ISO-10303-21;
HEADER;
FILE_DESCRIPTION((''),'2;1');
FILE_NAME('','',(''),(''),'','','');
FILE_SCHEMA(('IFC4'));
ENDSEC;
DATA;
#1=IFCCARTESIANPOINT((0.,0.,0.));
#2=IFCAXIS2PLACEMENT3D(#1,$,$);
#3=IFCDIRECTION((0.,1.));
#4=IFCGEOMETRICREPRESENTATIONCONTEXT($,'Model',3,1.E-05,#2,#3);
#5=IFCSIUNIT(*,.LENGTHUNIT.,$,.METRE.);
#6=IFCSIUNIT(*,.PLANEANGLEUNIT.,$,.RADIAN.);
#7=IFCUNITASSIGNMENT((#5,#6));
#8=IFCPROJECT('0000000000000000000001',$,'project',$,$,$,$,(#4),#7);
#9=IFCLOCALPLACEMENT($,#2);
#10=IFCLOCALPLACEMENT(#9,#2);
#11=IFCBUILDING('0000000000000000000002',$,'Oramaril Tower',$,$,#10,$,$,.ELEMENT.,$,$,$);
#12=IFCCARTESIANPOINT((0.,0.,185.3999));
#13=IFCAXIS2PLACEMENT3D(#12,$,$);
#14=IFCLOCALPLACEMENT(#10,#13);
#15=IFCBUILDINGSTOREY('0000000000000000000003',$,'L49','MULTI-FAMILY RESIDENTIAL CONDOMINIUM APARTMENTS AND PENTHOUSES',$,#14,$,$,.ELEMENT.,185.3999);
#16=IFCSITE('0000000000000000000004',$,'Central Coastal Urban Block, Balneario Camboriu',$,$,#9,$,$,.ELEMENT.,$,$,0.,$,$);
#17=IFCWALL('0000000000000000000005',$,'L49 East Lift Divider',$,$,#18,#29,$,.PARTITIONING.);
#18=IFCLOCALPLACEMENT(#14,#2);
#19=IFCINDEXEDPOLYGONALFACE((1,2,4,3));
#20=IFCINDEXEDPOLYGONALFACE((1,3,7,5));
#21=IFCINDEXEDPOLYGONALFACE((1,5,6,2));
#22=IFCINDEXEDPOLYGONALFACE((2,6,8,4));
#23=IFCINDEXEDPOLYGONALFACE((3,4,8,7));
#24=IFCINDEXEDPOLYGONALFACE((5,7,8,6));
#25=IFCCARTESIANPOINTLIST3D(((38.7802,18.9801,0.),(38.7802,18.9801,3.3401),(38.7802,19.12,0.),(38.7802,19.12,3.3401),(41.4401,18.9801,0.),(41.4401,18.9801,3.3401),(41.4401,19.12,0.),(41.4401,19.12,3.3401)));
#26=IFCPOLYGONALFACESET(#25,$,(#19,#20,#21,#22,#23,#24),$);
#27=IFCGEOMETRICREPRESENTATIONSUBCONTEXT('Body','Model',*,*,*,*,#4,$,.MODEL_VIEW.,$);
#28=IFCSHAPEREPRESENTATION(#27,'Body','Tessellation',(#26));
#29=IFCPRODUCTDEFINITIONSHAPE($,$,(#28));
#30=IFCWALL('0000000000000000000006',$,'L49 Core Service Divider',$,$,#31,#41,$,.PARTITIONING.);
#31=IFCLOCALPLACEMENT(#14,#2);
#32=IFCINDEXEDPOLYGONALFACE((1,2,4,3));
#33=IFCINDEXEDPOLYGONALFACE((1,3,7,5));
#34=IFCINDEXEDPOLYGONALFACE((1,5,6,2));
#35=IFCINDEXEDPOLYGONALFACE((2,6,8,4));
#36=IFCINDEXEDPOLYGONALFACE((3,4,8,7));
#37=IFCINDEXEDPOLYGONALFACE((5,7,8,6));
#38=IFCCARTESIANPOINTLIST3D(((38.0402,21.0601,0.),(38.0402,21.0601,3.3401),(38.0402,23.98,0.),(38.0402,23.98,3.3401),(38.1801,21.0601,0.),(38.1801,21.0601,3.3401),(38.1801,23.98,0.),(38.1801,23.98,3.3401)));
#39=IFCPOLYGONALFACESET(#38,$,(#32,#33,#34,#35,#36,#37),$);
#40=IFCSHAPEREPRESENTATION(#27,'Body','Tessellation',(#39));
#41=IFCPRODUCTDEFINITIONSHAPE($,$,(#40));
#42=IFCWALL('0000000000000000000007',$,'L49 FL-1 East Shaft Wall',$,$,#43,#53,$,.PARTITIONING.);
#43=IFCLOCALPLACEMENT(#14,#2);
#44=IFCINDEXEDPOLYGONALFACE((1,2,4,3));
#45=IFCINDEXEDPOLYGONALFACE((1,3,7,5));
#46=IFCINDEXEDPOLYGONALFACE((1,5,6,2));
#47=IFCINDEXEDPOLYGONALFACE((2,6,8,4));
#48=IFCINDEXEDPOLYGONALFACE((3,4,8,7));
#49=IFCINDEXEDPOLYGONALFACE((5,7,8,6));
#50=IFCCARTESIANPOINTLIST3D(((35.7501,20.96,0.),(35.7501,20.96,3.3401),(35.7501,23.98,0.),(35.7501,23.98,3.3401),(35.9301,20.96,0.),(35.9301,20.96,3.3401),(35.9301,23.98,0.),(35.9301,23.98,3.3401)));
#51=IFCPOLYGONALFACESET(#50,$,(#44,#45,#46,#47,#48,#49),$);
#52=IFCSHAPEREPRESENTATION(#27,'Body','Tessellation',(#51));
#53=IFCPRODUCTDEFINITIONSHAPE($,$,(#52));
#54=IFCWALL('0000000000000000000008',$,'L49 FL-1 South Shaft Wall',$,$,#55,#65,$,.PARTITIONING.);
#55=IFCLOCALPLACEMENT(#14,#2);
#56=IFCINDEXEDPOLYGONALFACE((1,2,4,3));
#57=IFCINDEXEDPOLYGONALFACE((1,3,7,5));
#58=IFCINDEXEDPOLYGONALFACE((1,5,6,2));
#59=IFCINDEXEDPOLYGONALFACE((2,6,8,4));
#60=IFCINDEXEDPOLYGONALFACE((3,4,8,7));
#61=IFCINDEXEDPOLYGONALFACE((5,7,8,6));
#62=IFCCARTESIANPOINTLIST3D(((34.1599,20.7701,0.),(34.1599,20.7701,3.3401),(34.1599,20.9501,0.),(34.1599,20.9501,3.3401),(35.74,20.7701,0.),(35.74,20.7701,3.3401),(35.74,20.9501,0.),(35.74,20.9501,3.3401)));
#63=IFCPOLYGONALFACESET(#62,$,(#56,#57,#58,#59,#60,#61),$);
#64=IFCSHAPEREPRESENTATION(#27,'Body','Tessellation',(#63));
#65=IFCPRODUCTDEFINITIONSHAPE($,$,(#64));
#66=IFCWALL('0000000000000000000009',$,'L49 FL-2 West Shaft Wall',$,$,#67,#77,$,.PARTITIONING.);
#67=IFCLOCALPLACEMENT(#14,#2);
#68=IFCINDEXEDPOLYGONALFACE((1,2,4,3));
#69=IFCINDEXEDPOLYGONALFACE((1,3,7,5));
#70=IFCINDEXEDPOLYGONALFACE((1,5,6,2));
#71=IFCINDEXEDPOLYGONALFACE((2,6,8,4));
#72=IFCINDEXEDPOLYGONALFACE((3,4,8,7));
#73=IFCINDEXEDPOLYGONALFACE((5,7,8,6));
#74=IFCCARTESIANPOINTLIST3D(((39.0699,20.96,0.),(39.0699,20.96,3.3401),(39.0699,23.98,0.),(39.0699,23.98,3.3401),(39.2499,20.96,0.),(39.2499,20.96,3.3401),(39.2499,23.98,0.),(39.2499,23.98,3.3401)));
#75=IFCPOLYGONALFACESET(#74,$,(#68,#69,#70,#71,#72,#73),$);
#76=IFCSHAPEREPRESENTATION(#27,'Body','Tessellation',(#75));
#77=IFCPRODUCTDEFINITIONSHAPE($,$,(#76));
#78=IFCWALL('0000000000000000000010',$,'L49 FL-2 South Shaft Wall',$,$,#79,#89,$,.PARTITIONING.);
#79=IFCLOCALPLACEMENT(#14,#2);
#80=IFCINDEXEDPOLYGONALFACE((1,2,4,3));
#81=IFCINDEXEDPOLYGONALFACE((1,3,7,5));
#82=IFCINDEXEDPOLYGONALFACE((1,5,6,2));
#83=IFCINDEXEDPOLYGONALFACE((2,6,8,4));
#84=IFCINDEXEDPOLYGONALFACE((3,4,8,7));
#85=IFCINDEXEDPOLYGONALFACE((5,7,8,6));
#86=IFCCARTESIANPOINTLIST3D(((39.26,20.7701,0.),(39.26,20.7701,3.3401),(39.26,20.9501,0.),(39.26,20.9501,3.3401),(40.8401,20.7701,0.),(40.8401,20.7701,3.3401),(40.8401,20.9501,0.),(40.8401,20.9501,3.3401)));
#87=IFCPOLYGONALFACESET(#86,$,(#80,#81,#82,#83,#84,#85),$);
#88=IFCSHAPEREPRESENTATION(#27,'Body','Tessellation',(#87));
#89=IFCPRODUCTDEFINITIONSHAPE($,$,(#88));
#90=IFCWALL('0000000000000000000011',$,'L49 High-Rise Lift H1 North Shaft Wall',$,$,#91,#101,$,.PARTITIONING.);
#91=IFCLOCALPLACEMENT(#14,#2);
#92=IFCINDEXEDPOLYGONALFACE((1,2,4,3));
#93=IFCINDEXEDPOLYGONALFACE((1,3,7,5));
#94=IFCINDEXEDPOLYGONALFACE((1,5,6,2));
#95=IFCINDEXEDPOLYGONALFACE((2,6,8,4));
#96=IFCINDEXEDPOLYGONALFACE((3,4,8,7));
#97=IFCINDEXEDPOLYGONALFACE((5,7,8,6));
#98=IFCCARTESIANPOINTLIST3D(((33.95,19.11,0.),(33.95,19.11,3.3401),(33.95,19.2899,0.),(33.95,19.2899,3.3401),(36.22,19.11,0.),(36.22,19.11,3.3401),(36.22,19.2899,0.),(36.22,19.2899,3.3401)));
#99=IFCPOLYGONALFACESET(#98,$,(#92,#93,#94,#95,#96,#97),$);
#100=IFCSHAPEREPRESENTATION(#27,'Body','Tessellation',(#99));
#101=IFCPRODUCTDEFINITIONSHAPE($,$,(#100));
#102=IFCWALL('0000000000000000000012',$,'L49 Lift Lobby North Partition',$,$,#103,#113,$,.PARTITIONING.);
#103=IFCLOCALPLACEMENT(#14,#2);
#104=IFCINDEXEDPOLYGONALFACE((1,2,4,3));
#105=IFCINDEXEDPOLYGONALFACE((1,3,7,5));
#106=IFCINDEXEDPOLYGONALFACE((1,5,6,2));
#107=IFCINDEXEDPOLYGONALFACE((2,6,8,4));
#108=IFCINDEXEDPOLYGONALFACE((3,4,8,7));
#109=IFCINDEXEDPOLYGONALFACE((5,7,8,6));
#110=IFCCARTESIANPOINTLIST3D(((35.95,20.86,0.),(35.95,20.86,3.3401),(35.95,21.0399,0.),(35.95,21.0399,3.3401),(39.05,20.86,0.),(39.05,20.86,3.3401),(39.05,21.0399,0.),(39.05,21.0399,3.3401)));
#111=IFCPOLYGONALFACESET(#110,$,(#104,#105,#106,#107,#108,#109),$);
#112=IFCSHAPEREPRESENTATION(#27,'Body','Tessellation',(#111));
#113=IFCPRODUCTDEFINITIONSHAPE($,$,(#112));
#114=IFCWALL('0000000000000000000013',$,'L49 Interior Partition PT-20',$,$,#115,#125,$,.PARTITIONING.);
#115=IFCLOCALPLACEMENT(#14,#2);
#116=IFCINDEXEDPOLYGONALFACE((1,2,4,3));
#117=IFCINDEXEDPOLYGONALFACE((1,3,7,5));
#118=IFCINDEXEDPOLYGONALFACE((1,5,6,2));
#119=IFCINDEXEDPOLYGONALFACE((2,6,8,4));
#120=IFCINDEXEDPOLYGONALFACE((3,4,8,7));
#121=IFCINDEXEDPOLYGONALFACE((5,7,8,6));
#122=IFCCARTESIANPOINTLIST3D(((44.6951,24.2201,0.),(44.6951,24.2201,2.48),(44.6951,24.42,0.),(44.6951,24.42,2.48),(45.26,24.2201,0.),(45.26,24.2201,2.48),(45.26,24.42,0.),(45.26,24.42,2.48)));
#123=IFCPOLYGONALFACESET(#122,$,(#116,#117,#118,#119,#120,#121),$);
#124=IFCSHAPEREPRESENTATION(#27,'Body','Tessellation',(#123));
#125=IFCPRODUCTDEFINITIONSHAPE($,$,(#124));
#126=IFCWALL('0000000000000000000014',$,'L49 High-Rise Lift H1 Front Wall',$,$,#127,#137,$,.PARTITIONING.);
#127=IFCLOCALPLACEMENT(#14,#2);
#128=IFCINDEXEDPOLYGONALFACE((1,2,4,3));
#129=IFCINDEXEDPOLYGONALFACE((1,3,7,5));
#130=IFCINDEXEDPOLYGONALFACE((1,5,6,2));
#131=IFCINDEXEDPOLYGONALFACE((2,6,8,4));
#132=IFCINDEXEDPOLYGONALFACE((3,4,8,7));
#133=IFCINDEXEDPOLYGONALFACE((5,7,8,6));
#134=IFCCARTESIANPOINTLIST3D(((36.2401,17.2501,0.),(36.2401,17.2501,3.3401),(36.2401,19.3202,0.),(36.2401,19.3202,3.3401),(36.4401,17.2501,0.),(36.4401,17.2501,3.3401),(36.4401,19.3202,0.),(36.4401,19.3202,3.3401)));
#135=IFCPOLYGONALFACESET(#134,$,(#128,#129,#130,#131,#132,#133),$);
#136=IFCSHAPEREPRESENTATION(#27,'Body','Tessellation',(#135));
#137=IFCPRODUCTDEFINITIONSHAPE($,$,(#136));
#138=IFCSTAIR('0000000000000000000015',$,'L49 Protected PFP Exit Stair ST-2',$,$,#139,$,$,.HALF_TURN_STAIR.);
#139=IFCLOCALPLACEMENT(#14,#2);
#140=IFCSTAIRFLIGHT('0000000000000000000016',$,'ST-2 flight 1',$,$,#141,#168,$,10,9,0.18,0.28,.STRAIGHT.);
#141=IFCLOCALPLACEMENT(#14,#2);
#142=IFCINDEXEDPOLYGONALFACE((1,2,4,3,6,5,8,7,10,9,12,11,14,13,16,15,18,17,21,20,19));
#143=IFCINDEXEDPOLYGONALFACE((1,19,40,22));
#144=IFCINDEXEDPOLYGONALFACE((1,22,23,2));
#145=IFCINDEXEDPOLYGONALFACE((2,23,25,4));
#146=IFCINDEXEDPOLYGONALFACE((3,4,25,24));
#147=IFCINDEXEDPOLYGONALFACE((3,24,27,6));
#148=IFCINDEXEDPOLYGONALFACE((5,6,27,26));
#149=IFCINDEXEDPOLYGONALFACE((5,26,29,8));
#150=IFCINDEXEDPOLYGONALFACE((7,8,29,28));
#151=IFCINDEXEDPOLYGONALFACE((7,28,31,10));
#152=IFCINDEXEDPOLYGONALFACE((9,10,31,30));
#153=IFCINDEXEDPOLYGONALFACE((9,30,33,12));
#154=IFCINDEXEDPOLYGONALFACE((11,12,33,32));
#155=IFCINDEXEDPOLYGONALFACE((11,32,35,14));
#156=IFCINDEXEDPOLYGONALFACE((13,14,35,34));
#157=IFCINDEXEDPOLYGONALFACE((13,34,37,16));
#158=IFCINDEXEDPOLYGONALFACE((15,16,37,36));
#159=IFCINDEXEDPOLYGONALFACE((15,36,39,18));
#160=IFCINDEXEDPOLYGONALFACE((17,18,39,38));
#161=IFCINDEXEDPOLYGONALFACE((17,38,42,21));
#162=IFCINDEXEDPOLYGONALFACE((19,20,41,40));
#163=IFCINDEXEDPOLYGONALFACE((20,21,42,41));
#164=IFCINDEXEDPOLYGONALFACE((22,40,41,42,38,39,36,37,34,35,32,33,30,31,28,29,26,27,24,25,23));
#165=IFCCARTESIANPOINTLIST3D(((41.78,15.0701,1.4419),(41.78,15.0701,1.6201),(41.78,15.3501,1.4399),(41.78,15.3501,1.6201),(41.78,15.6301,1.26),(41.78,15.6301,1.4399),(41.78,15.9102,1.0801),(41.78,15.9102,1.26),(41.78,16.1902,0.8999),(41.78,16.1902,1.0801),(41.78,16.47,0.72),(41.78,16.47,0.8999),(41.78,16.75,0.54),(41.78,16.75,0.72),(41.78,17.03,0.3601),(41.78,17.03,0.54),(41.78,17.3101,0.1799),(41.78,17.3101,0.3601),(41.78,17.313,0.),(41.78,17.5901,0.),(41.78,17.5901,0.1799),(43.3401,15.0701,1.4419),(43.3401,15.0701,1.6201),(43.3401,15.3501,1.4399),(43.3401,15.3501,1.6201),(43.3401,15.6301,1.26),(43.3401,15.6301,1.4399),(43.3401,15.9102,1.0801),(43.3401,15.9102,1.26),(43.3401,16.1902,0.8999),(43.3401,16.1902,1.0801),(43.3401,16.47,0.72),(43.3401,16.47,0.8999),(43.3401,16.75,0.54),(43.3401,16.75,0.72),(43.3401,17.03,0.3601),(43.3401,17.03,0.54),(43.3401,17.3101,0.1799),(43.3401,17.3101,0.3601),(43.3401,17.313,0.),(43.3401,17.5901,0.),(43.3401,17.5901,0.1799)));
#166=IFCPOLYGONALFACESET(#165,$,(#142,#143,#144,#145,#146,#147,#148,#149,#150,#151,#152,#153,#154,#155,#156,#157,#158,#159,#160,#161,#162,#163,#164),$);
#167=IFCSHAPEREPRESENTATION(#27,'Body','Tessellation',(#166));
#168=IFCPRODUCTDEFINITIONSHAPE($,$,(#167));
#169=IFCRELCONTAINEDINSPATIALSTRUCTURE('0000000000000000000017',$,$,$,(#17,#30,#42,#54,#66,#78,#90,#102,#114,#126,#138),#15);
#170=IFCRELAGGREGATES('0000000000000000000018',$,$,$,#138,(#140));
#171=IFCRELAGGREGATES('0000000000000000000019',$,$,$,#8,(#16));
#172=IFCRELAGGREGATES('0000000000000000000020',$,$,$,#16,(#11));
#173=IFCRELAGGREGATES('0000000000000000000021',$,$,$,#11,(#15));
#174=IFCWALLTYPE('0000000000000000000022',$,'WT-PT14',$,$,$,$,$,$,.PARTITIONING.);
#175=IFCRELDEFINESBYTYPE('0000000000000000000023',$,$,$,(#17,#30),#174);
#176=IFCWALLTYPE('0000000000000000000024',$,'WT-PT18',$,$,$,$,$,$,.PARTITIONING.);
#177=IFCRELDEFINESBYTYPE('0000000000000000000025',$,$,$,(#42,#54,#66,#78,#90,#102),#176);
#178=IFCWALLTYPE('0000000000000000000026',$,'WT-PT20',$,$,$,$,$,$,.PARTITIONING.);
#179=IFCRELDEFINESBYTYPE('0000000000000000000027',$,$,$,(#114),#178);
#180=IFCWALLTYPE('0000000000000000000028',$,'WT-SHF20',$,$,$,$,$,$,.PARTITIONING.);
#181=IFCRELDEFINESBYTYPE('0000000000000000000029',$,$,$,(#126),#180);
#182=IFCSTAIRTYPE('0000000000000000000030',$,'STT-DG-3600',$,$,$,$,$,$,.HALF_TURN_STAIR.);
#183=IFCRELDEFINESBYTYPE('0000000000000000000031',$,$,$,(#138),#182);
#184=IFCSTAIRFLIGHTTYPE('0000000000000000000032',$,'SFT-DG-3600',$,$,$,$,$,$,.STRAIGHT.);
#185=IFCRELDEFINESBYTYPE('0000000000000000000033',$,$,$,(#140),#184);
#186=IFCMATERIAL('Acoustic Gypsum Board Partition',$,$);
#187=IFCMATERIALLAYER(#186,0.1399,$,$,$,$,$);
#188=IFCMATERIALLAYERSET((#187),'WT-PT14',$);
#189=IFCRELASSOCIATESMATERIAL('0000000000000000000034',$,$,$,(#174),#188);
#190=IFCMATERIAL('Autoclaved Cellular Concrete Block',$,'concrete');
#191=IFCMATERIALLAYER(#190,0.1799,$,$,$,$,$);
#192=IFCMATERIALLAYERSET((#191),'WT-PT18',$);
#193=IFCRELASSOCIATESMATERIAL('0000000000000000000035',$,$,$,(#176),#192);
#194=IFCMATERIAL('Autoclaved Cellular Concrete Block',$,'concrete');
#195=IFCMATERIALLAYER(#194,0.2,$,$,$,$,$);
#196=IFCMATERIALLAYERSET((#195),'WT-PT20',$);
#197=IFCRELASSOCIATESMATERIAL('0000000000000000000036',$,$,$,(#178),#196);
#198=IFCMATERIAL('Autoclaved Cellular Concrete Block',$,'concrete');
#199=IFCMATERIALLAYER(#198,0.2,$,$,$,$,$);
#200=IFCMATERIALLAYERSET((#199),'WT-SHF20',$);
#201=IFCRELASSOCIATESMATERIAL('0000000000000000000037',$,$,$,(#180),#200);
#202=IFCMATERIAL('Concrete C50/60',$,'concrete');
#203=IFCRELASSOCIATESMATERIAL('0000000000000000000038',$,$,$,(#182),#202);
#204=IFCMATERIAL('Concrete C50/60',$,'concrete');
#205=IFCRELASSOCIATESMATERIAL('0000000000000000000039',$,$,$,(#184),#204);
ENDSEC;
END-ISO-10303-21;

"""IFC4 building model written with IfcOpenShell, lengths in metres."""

from ifc_helpers import new_model, si_unit, direction, frame, frame_2d, origin, place, context, subcontext, project, spatial, polyline, rectangle, outline, extrude, material, layer, layer_set, type_object, element, aggregate, save


model = new_model("IFC4")

# Units and contexts
model_context = context("Model", 3, precision=1e-05, world=origin(), true_north=direction((0.0, 1.0)))
body_context = subcontext(model_context, "Body", "Model", "MODEL_VIEW")
ifc_project = project(units=[si_unit("LENGTHUNIT", "METRE"), si_unit("PLANEANGLEUNIT", "RADIAN")], contexts=[model_context])

# Site, building, storey
site_placement = place(None, origin())
site = spatial("IfcSite", under=ifc_project, at=site_placement, Name="Central Coastal Urban Block, Balneario Camboriu", CompositionType="ELEMENT", RefElevation=0.0)
building_placement = place(site_placement, origin())
building = spatial("IfcBuilding", under=site, at=building_placement, Name="Oramaril Tower", CompositionType="ELEMENT")
storey_placement = place(building_placement, frame((0.0, 0.0, 185.3999)))
storey = spatial("IfcBuildingStorey", under=building, at=storey_placement, Name="L49", Description="MULTI-FAMILY RESIDENTIAL CONDOMINIUM APARTMENTS AND PENTHOUSES", CompositionType="ELEMENT", Elevation=185.3999)

# Walls
ifc_material_1 = material(Name="Acoustic Gypsum Board Partition")
ifc_layer_1 = layer(ifc_material_1, 0.1399)
ifc_layer_set_1 = layer_set([ifc_layer_1], Name="WT-PT14")
wall_type_1 = type_object("IfcWallType", Name="WT-PT14", PredefinedType="PARTITIONING", material=ifc_layer_set_1)
wall_1_placement = place(storey_placement, frame((38.78, 19.05, 0.0), z_axis=(0.0, 0.0, 1.0), x_axis=(1.0, 0.0, 0.0)))
element("IfcWall", 1, at=wall_1_placement, inside=storey, type_object=wall_type_1, Name="L49 East Lift Divider", PredefinedType="PARTITIONING", context=body_context, shape_type="SweptSolid", body=[
    extrude(rectangle(XDim=2.6599, YDim=0.1399, at=frame_2d((1.3301, 0.0))), origin(), (0.0, 0.0, 1.0), 3.3401),
])
wall_2_placement = place(storey_placement, frame((38.1101, 21.0601, 0.0), z_axis=(0.0, 0.0, 1.0), x_axis=(0.0, 1.0, 0.0)))
element("IfcWall", 2, at=wall_2_placement, inside=storey, type_object=wall_type_1, Name="L49 Core Service Divider", PredefinedType="PARTITIONING", context=body_context, shape_type="SweptSolid", body=[
    extrude(rectangle(XDim=2.9199, YDim=0.1399, at=frame_2d((1.46, 0.0))), origin(), (0.0, 0.0, 1.0), 3.3401),
])
ifc_material_2 = material(Name="Autoclaved Cellular Concrete Block", Category="concrete")
ifc_layer_2 = layer(ifc_material_2, 0.1799)
ifc_layer_set_2 = layer_set([ifc_layer_2], Name="WT-PT18")
wall_type_2 = type_object("IfcWallType", Name="WT-PT18", PredefinedType="PARTITIONING", material=ifc_layer_set_2)
wall_3_placement = place(storey_placement, frame((35.8401, 20.96, 0.0), z_axis=(0.0, 0.0, 1.0), x_axis=(0.0, 1.0, 0.0)))
element("IfcWall", 3, at=wall_3_placement, inside=storey, type_object=wall_type_2, Name="L49 FL-1 East Shaft Wall", PredefinedType="PARTITIONING", context=body_context, shape_type="SweptSolid", body=[
    extrude(rectangle(XDim=3.02, YDim=0.1799, at=frame_2d((1.51, 0.0))), origin(), (0.0, 0.0, 1.0), 3.3401),
])
wall_4_placement = place(storey_placement, frame((34.1599, 20.8601, 0.0), z_axis=(0.0, 0.0, 1.0), x_axis=(1.0, 0.0, 0.0)))
element("IfcWall", 4, at=wall_4_placement, inside=storey, type_object=wall_type_2, Name="L49 FL-1 South Shaft Wall", PredefinedType="PARTITIONING", context=body_context, shape_type="SweptSolid", body=[
    extrude(rectangle(XDim=1.5801, YDim=0.1799, at=frame_2d((0.79, 0.0))), origin(), (0.0, 0.0, 1.0), 3.3401),
])
wall_5_placement = place(storey_placement, frame((39.1599, 20.96, 0.0), z_axis=(0.0, 0.0, 1.0), x_axis=(0.0, 1.0, 0.0)))
element("IfcWall", 5, at=wall_5_placement, inside=storey, type_object=wall_type_2, Name="L49 FL-2 West Shaft Wall", PredefinedType="PARTITIONING", context=body_context, shape_type="SweptSolid", body=[
    extrude(rectangle(XDim=3.02, YDim=0.1799, at=frame_2d((1.51, 0.0))), origin(), (0.0, 0.0, 1.0), 3.3401),
])
wall_6_placement = place(storey_placement, frame((39.26, 20.8601, 0.0), z_axis=(0.0, 0.0, 1.0), x_axis=(1.0, 0.0, 0.0)))
element("IfcWall", 6, at=wall_6_placement, inside=storey, type_object=wall_type_2, Name="L49 FL-2 South Shaft Wall", PredefinedType="PARTITIONING", context=body_context, shape_type="SweptSolid", body=[
    extrude(rectangle(XDim=1.5801, YDim=0.1799, at=frame_2d((0.79, 0.0))), origin(), (0.0, 0.0, 1.0), 3.3401),
])
wall_7_placement = place(storey_placement, frame((33.95, 19.2, 0.0), z_axis=(0.0, 0.0, 1.0), x_axis=(1.0, 0.0, 0.0)))
element("IfcWall", 7, at=wall_7_placement, inside=storey, type_object=wall_type_2, Name="L49 High-Rise Lift H1 North Shaft Wall", PredefinedType="PARTITIONING", context=body_context, shape_type="SweptSolid", body=[
    extrude(rectangle(XDim=2.27, YDim=0.1799, at=frame_2d((1.135, 0.0))), origin(), (0.0, 0.0, 1.0), 3.3401),
])
wall_8_placement = place(storey_placement, frame((35.95, 20.95, 0.0), z_axis=(0.0, 0.0, 1.0), x_axis=(1.0, 0.0, 0.0)))
element("IfcWall", 8, at=wall_8_placement, inside=storey, type_object=wall_type_2, Name="L49 Lift Lobby North Partition", PredefinedType="PARTITIONING", context=body_context, shape_type="SweptSolid", body=[
    extrude(rectangle(XDim=3.1001, YDim=0.1799, at=frame_2d((1.55, 0.0))), origin(), (0.0, 0.0, 1.0), 3.3401),
])
ifc_material_3 = material(Name="Autoclaved Cellular Concrete Block", Category="concrete")
ifc_layer_3 = layer(ifc_material_3, 0.2)
ifc_layer_set_3 = layer_set([ifc_layer_3], Name="WT-PT20")
wall_type_3 = type_object("IfcWallType", Name="WT-PT20", PredefinedType="PARTITIONING", material=ifc_layer_set_3)
wall_9_placement = place(storey_placement, frame((44.6951, 24.3201, 0.0), z_axis=(0.0, 0.0, 1.0), x_axis=(1.0, 0.0, 0.0)))
element("IfcWall", 9, at=wall_9_placement, inside=storey, type_object=wall_type_3, Name="L49 Interior Partition PT-20", PredefinedType="PARTITIONING", context=body_context, shape_type="SweptSolid", body=[
    extrude(rectangle(XDim=0.5649, YDim=0.2, at=frame_2d((0.2825, 0.0))), origin(), (0.0, 0.0, 1.0), 2.48),
])

# Shared definitions
ifc_material_4 = material(Name="Autoclaved Cellular Concrete Block", Category="concrete")
ifc_layer_4 = layer(ifc_material_4, 0.2)
ifc_layer_set_4 = layer_set([ifc_layer_4], Name="WT-SHF20")
wall_type_4 = type_object("IfcWallType", Name="WT-SHF20", PredefinedType="PARTITIONING", material=ifc_layer_set_4)

# Wall
wall_10_placement = place(storey_placement, frame((36.3401, 17.25, 0.0), z_axis=(0.0, 0.0, 1.0), x_axis=(0.0, 1.0, 0.0)))
element("IfcWall", 10, at=wall_10_placement, inside=storey, type_object=wall_type_4, Name="L49 High-Rise Lift H1 Front Wall", PredefinedType="PARTITIONING", context=body_context, shape_type="SweptSolid", body=[
    extrude(rectangle(XDim=2.0701, YDim=0.2, at=frame_2d((1.0352, 0.0))), origin(), (0.0, 0.0, 1.0), 3.3401),
])

# Stair, stair flight
ifc_material_5 = material(Name="Concrete C50/60", Category="concrete")
stair_type = type_object("IfcStairType", Name="STT-DG-3600", PredefinedType="HALF_TURN_STAIR", material=ifc_material_5)
stair_placement = place(storey_placement, origin())
stair = element("IfcStair", 11, at=stair_placement, inside=storey, type_object=stair_type, Name="L49 Protected PFP Exit Stair ST-2", PredefinedType="HALF_TURN_STAIR")
ifc_material_6 = material(Name="Concrete C50/60", Category="concrete")
stair_flight_type = type_object("IfcStairFlightType", Name="SFT-DG-3600", PredefinedType="STRAIGHT", material=ifc_material_6)
stair_flight_placement = place(storey_placement, frame((42.5601, 17.5901, 0.0), z_axis=(0.0, 0.0, 1.0), x_axis=(0.0, -1.0, 0.0)))
stair_flight = element("IfcStairFlight", 12, at=stair_flight_placement, type_object=stair_flight_type, Name="ST-2 flight 1", NumberOfRisers=10, NumberOfTreads=9, PredefinedType="STRAIGHT", RiserHeight=0.18, TreadLength=0.28, context=body_context, shape_type="SweptSolid", body=[
    extrude(outline(polyline([(0.0, 0.0), (0.0, 0.1799), (0.28, 0.1799), (0.28, 0.3601), (0.5601, 0.3601), (0.5601, 0.54), (0.8401, 0.54), (0.8401, 0.72), (1.1201, 0.72), (1.1201, 0.8999), (1.3999, 0.8999), (1.3999, 1.0801), (1.6799, 1.0801), (1.6799, 1.26), (1.96, 1.26), (1.96, 1.4399), (2.24, 1.4399), (2.24, 1.6201), (2.52, 1.6201), (2.52, 1.8), (2.52, 1.4419), (0.2771, 0.0), (0.0, 0.0)])), frame((0.0, 0.78, 0.0), z_axis=(0.0, -1.0, 0.0), x_axis=(1.0, 0.0, 0.0)), (0.0, 0.0, 1.0), 1.5601),
])
aggregate(stair, [stair_flight])

save(model, "model.ifc")
